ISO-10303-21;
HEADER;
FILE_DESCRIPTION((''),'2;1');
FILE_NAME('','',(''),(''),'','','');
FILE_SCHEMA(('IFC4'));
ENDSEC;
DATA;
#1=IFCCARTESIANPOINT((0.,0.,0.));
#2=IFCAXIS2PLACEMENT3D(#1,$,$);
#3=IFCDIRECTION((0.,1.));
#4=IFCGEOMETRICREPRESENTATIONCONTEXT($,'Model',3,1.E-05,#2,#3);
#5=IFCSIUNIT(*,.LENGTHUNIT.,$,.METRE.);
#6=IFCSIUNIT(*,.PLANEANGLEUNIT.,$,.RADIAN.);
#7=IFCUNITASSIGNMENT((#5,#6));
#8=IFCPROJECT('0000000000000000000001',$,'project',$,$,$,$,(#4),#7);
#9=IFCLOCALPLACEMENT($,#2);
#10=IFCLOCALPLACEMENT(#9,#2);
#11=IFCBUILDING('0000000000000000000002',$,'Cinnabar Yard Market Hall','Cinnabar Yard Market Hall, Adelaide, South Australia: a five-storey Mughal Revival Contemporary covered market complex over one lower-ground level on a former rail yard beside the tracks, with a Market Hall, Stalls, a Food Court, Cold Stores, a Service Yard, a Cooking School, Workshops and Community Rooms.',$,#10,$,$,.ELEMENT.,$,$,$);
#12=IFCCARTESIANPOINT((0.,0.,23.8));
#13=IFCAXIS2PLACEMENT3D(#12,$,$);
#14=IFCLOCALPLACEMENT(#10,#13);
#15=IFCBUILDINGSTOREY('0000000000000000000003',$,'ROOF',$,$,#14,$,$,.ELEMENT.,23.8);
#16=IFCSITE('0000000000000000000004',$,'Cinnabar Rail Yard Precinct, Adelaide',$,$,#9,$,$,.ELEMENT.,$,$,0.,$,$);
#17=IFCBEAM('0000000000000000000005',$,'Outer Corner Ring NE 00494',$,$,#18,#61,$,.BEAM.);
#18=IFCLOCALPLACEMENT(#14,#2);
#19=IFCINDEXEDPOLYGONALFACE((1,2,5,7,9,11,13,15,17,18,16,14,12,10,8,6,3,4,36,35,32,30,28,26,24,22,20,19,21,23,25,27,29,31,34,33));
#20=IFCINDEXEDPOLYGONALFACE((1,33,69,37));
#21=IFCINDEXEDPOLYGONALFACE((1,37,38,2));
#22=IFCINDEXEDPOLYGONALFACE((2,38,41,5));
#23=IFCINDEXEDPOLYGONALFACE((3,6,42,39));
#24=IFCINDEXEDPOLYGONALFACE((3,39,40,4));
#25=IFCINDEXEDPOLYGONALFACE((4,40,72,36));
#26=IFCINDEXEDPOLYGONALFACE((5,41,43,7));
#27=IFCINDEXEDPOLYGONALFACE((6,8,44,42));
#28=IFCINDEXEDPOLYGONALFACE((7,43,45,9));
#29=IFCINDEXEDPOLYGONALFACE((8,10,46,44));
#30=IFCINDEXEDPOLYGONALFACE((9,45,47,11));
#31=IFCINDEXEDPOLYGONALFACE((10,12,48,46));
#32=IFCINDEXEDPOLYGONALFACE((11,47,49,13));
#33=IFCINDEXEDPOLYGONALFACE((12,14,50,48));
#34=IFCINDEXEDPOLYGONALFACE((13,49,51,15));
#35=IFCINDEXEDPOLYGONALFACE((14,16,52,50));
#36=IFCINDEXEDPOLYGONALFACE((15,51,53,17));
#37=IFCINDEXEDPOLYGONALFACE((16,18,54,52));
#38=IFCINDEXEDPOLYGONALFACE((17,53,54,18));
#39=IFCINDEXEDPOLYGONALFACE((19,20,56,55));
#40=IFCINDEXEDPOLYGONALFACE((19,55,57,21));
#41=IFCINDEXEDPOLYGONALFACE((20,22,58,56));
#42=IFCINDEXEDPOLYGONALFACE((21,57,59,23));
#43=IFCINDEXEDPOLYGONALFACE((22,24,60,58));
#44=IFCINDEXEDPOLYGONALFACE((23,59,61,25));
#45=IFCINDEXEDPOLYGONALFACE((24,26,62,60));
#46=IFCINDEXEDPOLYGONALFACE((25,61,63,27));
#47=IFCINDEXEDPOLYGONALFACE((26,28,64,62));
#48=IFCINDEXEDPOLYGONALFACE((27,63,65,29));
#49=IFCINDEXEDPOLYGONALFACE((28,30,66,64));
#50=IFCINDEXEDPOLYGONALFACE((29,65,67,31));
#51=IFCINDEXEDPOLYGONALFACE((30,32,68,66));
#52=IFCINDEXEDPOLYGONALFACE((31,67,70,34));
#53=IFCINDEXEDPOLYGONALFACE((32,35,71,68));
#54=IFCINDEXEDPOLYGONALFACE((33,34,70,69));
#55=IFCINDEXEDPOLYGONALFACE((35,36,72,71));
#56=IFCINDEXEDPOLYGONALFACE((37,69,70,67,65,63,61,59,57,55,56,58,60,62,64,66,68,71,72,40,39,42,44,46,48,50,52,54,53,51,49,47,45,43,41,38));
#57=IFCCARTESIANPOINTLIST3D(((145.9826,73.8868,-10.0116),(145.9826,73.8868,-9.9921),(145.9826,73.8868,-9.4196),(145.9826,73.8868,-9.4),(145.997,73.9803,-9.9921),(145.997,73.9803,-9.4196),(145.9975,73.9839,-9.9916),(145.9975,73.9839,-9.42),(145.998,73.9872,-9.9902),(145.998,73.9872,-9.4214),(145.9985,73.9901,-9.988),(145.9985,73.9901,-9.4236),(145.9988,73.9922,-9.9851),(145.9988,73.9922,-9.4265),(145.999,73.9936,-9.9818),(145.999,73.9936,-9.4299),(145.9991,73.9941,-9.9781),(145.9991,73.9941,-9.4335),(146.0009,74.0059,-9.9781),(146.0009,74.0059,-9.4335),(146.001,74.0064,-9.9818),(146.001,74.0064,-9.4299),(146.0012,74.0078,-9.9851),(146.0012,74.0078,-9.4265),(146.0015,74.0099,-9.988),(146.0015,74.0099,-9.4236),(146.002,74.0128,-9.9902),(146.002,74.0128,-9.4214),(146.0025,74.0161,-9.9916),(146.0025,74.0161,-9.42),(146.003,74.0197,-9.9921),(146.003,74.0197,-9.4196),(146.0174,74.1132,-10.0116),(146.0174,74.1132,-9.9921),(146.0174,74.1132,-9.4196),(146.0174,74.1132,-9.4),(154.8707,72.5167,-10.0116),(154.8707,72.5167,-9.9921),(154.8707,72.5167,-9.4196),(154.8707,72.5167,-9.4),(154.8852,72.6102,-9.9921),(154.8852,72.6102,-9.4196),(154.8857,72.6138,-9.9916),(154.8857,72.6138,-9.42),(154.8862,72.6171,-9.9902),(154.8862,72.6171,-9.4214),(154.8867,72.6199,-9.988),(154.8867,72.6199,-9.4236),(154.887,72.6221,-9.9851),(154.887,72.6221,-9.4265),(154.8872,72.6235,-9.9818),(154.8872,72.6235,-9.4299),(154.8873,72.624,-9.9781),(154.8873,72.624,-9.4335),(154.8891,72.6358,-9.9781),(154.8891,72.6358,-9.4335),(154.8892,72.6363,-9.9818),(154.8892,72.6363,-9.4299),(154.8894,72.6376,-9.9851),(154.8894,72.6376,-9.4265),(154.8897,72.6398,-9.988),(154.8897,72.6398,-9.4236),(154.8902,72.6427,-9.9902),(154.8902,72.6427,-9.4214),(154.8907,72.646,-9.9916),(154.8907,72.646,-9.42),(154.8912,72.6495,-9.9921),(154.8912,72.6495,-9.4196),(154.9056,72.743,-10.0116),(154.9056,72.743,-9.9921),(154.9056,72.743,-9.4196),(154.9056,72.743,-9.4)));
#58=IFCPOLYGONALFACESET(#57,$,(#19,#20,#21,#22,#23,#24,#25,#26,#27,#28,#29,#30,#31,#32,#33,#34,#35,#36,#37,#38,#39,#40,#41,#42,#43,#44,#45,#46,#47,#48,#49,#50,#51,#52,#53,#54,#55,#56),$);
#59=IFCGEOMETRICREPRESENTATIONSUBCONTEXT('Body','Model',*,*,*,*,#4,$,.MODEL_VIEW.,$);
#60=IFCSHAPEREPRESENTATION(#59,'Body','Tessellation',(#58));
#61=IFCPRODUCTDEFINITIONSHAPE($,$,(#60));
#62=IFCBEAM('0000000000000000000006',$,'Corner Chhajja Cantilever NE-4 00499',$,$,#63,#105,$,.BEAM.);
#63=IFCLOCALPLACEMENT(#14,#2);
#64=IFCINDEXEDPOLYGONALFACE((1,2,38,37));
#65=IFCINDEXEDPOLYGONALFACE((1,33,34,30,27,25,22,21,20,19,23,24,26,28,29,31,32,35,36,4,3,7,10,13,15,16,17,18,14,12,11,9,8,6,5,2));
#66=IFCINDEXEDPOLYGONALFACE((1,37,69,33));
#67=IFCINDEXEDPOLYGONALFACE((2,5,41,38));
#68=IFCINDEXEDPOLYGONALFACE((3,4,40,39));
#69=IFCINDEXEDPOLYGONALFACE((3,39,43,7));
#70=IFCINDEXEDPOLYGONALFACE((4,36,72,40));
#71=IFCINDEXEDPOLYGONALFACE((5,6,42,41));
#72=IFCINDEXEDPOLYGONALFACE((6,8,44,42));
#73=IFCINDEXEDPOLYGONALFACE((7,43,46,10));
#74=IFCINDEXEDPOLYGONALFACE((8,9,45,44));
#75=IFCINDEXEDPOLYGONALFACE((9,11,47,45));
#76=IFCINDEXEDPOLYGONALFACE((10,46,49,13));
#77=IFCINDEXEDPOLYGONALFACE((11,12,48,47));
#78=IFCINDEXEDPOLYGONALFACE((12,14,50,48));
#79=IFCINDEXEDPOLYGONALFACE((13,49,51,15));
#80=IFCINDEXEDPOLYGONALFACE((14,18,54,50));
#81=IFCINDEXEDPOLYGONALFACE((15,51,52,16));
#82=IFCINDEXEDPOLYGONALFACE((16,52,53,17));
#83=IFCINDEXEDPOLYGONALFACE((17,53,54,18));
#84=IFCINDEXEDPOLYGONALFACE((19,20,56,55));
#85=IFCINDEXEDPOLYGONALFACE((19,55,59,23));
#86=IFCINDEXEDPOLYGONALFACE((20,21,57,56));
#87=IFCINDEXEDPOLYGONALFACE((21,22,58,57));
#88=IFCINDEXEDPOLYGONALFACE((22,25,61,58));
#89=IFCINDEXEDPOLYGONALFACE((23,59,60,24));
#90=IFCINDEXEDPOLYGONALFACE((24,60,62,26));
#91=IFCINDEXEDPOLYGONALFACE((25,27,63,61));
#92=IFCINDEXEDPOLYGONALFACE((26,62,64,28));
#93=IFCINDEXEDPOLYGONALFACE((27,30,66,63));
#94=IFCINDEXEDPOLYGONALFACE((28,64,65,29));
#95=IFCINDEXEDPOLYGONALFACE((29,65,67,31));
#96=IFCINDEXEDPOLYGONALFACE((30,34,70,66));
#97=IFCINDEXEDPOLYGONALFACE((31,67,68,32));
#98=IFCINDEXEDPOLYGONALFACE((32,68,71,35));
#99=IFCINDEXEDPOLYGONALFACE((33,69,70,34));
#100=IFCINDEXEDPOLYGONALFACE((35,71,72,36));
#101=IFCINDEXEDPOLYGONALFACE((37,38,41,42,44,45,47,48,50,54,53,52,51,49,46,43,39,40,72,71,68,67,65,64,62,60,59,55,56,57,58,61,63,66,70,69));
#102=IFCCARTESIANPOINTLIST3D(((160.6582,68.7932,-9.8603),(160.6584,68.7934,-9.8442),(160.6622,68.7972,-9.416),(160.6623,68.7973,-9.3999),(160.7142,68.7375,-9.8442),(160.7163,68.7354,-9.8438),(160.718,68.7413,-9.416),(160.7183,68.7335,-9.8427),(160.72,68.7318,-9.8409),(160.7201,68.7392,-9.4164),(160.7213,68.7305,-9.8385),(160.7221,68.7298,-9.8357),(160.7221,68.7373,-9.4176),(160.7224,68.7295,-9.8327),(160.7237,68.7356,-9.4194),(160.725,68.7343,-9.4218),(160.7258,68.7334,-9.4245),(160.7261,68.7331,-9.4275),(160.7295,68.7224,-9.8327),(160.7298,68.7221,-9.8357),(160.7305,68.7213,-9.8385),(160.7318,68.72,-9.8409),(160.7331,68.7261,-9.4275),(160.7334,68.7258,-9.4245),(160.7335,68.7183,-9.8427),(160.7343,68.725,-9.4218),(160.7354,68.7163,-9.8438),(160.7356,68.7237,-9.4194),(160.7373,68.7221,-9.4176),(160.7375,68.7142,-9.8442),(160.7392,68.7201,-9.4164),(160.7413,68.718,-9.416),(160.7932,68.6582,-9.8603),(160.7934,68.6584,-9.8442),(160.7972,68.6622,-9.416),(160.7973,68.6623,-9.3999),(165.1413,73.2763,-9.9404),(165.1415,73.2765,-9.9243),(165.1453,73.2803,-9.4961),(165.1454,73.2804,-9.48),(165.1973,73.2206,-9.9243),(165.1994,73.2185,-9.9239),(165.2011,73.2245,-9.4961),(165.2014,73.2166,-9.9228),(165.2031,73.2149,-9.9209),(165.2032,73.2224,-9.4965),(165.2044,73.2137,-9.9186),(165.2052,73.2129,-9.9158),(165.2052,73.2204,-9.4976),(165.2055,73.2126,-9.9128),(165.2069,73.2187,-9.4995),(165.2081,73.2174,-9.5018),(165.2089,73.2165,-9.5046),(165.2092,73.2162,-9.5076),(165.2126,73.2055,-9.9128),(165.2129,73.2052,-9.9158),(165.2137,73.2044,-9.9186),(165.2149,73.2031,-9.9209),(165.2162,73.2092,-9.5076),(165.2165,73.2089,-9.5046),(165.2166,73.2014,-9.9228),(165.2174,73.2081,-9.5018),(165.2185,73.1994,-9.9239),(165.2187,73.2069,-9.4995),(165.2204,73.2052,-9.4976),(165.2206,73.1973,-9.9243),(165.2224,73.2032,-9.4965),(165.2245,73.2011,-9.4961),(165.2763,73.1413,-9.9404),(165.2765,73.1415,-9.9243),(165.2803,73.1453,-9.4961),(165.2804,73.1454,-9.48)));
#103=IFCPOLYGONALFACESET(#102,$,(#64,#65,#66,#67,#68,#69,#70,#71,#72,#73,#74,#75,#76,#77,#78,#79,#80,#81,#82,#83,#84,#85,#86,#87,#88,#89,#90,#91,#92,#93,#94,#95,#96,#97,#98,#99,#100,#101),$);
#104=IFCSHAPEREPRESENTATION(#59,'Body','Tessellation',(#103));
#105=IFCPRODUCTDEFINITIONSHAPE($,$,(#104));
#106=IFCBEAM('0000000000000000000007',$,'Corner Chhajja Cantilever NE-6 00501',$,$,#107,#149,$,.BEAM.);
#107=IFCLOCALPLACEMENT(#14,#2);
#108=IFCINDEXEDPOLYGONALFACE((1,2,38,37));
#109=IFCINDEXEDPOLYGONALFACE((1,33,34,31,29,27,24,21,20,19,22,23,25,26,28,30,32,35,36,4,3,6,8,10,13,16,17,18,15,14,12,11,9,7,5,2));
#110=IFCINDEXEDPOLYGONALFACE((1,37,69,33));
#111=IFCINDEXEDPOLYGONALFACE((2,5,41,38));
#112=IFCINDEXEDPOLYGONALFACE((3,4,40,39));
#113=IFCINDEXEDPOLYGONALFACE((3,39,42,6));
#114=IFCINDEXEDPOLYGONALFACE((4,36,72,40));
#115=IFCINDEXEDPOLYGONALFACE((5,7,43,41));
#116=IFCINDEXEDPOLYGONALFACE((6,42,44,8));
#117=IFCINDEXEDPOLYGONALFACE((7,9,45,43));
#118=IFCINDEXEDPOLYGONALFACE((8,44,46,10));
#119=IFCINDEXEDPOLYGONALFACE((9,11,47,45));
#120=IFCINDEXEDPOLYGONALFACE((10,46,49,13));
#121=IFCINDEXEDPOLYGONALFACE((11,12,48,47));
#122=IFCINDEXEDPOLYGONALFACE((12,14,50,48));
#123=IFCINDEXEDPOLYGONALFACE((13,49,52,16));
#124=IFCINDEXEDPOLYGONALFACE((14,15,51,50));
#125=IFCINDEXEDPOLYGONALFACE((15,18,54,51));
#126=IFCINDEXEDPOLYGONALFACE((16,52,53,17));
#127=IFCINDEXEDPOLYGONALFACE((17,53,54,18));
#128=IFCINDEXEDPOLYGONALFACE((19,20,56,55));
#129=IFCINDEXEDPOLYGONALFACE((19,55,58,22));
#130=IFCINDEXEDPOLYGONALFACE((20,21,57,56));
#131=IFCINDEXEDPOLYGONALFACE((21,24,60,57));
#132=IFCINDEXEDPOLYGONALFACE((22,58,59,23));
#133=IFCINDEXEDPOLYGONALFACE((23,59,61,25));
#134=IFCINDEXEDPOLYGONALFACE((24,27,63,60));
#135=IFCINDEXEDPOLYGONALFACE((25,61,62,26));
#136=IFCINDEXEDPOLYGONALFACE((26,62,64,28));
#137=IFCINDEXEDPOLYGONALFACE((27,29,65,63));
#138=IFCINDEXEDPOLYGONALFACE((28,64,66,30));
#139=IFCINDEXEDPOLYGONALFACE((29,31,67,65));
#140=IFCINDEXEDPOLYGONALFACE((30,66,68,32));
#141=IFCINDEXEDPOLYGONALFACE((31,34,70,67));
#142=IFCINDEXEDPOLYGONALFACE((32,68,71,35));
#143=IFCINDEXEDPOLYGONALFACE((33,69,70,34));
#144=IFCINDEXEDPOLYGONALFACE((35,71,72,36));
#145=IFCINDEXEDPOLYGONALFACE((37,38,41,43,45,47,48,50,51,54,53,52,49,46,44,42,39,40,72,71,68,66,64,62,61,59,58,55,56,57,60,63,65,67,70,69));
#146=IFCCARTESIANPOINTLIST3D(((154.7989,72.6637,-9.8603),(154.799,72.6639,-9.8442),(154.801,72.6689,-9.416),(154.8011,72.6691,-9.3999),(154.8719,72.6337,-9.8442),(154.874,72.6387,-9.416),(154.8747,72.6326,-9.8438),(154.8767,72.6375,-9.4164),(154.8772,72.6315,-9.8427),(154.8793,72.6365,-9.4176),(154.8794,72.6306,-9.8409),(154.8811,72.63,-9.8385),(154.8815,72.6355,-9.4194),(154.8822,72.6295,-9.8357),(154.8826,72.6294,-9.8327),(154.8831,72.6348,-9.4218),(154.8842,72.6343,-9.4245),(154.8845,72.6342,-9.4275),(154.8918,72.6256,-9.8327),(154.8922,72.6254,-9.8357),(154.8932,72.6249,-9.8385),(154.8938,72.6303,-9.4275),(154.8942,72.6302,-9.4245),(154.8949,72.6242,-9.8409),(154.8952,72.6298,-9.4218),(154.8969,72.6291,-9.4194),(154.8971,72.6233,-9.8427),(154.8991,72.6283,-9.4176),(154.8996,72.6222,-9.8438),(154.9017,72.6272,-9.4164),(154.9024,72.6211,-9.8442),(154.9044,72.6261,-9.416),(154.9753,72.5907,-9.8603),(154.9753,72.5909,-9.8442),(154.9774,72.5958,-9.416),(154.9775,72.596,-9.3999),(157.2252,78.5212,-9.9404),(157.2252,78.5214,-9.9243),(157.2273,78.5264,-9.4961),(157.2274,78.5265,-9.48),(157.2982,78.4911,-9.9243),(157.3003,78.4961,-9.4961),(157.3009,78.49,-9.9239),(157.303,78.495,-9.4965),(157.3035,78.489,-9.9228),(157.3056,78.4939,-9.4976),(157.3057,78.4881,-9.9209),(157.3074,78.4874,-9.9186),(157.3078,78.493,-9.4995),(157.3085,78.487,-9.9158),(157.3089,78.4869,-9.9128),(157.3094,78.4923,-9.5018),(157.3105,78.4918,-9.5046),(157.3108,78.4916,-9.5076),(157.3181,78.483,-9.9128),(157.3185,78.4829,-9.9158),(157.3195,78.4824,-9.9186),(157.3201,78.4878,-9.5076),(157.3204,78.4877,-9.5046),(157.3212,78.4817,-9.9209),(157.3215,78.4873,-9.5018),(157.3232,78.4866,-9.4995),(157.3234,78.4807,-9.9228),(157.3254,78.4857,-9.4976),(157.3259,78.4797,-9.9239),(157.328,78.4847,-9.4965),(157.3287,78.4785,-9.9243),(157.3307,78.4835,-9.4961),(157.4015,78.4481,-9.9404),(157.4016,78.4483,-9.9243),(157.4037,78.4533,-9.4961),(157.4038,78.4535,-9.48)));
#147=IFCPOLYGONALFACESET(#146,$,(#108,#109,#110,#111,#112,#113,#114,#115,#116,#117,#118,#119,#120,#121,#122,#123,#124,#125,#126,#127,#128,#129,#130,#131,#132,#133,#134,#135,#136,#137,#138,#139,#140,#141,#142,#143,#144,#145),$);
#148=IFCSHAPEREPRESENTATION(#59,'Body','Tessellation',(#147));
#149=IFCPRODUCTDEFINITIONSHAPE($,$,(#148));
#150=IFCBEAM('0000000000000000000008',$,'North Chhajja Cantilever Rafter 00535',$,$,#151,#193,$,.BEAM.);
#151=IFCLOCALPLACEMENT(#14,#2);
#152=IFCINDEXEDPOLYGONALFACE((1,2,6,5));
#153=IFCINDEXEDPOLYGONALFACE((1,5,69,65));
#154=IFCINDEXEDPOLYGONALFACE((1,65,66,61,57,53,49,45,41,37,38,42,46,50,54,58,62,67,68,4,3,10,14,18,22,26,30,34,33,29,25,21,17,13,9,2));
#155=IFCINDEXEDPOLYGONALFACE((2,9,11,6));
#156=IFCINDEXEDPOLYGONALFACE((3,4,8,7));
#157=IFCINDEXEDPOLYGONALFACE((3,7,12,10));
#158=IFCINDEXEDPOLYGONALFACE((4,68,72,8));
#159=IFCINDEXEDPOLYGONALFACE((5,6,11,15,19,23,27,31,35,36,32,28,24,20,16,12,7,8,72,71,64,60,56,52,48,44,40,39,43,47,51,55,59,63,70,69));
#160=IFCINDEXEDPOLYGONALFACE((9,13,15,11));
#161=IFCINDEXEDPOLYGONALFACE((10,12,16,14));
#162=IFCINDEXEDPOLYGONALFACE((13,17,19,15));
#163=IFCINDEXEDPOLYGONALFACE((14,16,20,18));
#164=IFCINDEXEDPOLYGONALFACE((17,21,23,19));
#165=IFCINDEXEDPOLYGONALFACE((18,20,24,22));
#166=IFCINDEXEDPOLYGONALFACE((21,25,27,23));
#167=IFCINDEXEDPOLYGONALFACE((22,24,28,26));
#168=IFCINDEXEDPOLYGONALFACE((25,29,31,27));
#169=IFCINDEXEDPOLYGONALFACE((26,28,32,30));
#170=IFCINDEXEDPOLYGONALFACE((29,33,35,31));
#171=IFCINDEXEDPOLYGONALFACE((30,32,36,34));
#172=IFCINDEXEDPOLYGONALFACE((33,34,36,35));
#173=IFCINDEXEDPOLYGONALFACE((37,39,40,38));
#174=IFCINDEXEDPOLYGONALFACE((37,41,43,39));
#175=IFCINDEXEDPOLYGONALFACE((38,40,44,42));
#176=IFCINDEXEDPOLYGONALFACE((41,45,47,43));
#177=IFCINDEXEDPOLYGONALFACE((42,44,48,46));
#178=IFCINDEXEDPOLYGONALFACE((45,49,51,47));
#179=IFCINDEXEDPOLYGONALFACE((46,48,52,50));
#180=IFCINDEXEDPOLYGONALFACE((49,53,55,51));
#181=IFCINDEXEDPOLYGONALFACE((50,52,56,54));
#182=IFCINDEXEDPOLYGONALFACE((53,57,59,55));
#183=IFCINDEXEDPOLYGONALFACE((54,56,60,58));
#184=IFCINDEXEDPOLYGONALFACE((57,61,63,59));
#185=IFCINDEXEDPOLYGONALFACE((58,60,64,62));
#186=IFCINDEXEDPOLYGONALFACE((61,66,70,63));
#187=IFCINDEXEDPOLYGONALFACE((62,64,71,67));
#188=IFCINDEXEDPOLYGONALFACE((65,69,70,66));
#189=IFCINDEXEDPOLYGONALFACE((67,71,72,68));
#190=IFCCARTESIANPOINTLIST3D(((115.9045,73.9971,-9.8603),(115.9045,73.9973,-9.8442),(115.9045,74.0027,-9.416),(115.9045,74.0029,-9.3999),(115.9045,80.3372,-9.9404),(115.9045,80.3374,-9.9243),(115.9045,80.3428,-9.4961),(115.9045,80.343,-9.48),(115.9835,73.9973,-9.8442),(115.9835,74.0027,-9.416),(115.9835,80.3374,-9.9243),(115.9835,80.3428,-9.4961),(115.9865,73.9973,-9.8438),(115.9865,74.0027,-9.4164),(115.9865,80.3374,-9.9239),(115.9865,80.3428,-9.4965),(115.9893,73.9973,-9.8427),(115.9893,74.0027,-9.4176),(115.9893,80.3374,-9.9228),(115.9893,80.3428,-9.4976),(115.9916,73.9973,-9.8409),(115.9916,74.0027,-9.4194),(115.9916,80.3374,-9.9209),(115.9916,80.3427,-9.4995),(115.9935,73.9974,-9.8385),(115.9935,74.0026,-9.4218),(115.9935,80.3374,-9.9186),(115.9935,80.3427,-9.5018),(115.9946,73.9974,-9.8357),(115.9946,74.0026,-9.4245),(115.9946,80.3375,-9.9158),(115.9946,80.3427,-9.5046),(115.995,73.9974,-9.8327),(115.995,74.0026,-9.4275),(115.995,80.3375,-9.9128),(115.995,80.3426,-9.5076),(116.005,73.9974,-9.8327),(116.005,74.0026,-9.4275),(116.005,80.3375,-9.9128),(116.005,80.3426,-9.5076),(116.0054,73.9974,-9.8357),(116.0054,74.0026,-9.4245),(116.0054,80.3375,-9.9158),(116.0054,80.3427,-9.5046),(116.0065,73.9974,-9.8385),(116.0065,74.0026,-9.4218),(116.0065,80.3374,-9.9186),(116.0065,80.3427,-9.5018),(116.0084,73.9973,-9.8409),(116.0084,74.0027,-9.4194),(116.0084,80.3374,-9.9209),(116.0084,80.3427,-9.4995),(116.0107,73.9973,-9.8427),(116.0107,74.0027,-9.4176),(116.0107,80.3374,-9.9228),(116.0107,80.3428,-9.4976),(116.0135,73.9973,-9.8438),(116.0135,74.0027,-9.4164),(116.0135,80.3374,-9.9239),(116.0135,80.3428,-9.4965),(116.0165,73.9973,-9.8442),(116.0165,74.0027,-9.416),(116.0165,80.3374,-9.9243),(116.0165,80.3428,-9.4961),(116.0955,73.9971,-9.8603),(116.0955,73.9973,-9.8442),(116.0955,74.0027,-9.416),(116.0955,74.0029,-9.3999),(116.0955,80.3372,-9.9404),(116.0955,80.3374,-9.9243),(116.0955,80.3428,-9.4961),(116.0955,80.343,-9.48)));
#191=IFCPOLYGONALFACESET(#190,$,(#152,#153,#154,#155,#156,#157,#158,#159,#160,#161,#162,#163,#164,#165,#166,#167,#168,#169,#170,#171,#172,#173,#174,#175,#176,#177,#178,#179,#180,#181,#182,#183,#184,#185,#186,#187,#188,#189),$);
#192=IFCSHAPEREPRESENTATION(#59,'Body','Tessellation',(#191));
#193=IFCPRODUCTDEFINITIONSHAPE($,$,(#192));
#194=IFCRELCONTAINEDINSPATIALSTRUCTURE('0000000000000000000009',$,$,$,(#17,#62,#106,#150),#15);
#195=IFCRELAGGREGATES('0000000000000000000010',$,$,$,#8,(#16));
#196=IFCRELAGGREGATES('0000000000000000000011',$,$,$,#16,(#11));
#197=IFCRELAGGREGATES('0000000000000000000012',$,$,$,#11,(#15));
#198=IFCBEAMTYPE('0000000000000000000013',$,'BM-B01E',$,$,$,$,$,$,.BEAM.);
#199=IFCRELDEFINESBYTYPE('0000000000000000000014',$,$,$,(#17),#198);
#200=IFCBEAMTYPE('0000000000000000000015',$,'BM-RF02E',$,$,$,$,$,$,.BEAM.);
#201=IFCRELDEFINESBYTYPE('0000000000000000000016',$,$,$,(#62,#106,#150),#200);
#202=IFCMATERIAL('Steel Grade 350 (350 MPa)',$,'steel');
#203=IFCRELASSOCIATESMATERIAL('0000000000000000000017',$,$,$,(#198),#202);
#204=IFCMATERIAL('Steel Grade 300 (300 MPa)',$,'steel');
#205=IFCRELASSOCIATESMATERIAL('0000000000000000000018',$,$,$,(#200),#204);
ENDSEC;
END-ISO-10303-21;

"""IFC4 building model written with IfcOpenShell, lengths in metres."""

from ifc_helpers import new_model, si_unit, direction, frame, origin, origin_2d_with_axis, place, context, subcontext, project, spatial, i_section, extrude, material, material_profile, profile_set, type_object, element, save


model = new_model("IFC4")

# Units and contexts
model_context = context("Model", 3, precision=1e-05, world=origin(), true_north=direction((0.0, 1.0)))
body_context = subcontext(model_context, "Body", "Model", "MODEL_VIEW")
ifc_project = project(units=[si_unit("LENGTHUNIT", "METRE"), si_unit("PLANEANGLEUNIT", "RADIAN")], contexts=[model_context])

# Site, building, storey
site_placement = place(None, origin())
site = spatial("IfcSite", under=ifc_project, at=site_placement, Name="Cinnabar Rail Yard Precinct, Adelaide", CompositionType="ELEMENT", RefElevation=0.0)
building_placement = place(site_placement, origin())
building = spatial("IfcBuilding", under=site, at=building_placement, Name="Cinnabar Yard Market Hall", Description="Cinnabar Yard Market Hall, Adelaide, South Australia: a five-storey Mughal Revival Contemporary covered market complex over one lower-ground level on a former rail yard beside the tracks, with a Market Hall, Stalls, a Food Court, Cold Stores, a Service Yard, a Cooking School, Workshops and Community Rooms.", CompositionType="ELEMENT")
storey_placement = place(building_placement, frame((0.0, 0.0, 23.8)))
storey = spatial("IfcBuildingStorey", under=building, at=storey_placement, Name="ROOF", CompositionType="ELEMENT", Elevation=23.8)

# Beams
ifc_material_1 = material(Name="Steel Grade 350 (350 MPa)", Category="steel")
ifc_material_profile_1 = material_profile(ifc_material_1, i_section(OverallWidth=0.229, OverallDepth=0.6116, WebThickness=0.012, FlangeThickness=0.0195, FilletRadius=0.0139, at=origin_2d_with_axis()), Name="610UB125")
ifc_profile_set_1 = profile_set([ifc_material_profile_1], Name="Steel Grade 350 (350 MPa)")
beam_type_1 = type_object("IfcBeamType", Name="BM-B01E", PredefinedType="BEAM", material=ifc_profile_set_1)
beam_1_placement = place(storey_placement, frame((154.8882, 72.6299, -9.7058), z_axis=(-0.988326, 0.152351, 0.0), x_axis=(-0.152351, -0.988326, 0.0)))
element("IfcBeam", 1, at=beam_1_placement, inside=storey, type_object=beam_type_1, Name="Outer Corner Ring NE 00494", PredefinedType="BEAM", context=body_context, shape_type="SweptSolid", body=[
    extrude(i_section(OverallWidth=0.229, OverallDepth=0.6116, WebThickness=0.012, FlangeThickness=0.0195, FilletRadius=0.0139, at=origin_2d_with_axis()), origin(), (0.0, 0.0, 1.0), 8.9932),
])
ifc_material_2 = material(Name="Steel Grade 300 (300 MPa)", Category="steel")
ifc_material_profile_2 = material_profile(ifc_material_2, i_section(OverallWidth=0.1909, OverallDepth=0.4604, WebThickness=0.01, FlangeThickness=0.0161, FilletRadius=0.0115, at=origin_2d_with_axis()), Name="460UB82.1")
ifc_profile_set_2 = profile_set([ifc_material_profile_2], Name="Steel Grade 300 (300 MPa)")
beam_type_2 = type_object("IfcBeamType", Name="BM-RF02E", PredefinedType="BEAM", material=ifc_profile_set_2)
for number, where, z_axis, x_axis, name in (
    (2, (160.7278, 68.7278, -9.6301), (0.70705, 0.70705, -0.012629), (-0.707107, 0.707107, 0.0), "Corner Chhajja Cantilever NE-4 00499"),
    (3, (154.8882, 72.6299, -9.6301), (0.382659, 0.923803, -0.01263), (-0.923877, 0.38269, 0.0), "Corner Chhajja Cantilever NE-6 00501"),
    (4, (116.0, 74.0, -9.6301), (0.0, 0.99992, -0.012629), (-1.0, 0.0, 0.0), "North Chhajja Cantilever Rafter 00535"),
):
    element("IfcBeam", number, at=place(storey_placement, frame(where, z_axis=z_axis, x_axis=x_axis)), inside=storey, type_object=beam_type_2, Name=name, PredefinedType="BEAM", context=body_context, shape_type="SweptSolid", body=[
        extrude(i_section(OverallWidth=0.1909, OverallDepth=0.4604, WebThickness=0.01, FlangeThickness=0.0161, FilletRadius=0.0115, at=origin_2d_with_axis()), origin(), (0.0, 0.0, 1.0), 6.3406),
    ])

save(model, "model.ifc")
